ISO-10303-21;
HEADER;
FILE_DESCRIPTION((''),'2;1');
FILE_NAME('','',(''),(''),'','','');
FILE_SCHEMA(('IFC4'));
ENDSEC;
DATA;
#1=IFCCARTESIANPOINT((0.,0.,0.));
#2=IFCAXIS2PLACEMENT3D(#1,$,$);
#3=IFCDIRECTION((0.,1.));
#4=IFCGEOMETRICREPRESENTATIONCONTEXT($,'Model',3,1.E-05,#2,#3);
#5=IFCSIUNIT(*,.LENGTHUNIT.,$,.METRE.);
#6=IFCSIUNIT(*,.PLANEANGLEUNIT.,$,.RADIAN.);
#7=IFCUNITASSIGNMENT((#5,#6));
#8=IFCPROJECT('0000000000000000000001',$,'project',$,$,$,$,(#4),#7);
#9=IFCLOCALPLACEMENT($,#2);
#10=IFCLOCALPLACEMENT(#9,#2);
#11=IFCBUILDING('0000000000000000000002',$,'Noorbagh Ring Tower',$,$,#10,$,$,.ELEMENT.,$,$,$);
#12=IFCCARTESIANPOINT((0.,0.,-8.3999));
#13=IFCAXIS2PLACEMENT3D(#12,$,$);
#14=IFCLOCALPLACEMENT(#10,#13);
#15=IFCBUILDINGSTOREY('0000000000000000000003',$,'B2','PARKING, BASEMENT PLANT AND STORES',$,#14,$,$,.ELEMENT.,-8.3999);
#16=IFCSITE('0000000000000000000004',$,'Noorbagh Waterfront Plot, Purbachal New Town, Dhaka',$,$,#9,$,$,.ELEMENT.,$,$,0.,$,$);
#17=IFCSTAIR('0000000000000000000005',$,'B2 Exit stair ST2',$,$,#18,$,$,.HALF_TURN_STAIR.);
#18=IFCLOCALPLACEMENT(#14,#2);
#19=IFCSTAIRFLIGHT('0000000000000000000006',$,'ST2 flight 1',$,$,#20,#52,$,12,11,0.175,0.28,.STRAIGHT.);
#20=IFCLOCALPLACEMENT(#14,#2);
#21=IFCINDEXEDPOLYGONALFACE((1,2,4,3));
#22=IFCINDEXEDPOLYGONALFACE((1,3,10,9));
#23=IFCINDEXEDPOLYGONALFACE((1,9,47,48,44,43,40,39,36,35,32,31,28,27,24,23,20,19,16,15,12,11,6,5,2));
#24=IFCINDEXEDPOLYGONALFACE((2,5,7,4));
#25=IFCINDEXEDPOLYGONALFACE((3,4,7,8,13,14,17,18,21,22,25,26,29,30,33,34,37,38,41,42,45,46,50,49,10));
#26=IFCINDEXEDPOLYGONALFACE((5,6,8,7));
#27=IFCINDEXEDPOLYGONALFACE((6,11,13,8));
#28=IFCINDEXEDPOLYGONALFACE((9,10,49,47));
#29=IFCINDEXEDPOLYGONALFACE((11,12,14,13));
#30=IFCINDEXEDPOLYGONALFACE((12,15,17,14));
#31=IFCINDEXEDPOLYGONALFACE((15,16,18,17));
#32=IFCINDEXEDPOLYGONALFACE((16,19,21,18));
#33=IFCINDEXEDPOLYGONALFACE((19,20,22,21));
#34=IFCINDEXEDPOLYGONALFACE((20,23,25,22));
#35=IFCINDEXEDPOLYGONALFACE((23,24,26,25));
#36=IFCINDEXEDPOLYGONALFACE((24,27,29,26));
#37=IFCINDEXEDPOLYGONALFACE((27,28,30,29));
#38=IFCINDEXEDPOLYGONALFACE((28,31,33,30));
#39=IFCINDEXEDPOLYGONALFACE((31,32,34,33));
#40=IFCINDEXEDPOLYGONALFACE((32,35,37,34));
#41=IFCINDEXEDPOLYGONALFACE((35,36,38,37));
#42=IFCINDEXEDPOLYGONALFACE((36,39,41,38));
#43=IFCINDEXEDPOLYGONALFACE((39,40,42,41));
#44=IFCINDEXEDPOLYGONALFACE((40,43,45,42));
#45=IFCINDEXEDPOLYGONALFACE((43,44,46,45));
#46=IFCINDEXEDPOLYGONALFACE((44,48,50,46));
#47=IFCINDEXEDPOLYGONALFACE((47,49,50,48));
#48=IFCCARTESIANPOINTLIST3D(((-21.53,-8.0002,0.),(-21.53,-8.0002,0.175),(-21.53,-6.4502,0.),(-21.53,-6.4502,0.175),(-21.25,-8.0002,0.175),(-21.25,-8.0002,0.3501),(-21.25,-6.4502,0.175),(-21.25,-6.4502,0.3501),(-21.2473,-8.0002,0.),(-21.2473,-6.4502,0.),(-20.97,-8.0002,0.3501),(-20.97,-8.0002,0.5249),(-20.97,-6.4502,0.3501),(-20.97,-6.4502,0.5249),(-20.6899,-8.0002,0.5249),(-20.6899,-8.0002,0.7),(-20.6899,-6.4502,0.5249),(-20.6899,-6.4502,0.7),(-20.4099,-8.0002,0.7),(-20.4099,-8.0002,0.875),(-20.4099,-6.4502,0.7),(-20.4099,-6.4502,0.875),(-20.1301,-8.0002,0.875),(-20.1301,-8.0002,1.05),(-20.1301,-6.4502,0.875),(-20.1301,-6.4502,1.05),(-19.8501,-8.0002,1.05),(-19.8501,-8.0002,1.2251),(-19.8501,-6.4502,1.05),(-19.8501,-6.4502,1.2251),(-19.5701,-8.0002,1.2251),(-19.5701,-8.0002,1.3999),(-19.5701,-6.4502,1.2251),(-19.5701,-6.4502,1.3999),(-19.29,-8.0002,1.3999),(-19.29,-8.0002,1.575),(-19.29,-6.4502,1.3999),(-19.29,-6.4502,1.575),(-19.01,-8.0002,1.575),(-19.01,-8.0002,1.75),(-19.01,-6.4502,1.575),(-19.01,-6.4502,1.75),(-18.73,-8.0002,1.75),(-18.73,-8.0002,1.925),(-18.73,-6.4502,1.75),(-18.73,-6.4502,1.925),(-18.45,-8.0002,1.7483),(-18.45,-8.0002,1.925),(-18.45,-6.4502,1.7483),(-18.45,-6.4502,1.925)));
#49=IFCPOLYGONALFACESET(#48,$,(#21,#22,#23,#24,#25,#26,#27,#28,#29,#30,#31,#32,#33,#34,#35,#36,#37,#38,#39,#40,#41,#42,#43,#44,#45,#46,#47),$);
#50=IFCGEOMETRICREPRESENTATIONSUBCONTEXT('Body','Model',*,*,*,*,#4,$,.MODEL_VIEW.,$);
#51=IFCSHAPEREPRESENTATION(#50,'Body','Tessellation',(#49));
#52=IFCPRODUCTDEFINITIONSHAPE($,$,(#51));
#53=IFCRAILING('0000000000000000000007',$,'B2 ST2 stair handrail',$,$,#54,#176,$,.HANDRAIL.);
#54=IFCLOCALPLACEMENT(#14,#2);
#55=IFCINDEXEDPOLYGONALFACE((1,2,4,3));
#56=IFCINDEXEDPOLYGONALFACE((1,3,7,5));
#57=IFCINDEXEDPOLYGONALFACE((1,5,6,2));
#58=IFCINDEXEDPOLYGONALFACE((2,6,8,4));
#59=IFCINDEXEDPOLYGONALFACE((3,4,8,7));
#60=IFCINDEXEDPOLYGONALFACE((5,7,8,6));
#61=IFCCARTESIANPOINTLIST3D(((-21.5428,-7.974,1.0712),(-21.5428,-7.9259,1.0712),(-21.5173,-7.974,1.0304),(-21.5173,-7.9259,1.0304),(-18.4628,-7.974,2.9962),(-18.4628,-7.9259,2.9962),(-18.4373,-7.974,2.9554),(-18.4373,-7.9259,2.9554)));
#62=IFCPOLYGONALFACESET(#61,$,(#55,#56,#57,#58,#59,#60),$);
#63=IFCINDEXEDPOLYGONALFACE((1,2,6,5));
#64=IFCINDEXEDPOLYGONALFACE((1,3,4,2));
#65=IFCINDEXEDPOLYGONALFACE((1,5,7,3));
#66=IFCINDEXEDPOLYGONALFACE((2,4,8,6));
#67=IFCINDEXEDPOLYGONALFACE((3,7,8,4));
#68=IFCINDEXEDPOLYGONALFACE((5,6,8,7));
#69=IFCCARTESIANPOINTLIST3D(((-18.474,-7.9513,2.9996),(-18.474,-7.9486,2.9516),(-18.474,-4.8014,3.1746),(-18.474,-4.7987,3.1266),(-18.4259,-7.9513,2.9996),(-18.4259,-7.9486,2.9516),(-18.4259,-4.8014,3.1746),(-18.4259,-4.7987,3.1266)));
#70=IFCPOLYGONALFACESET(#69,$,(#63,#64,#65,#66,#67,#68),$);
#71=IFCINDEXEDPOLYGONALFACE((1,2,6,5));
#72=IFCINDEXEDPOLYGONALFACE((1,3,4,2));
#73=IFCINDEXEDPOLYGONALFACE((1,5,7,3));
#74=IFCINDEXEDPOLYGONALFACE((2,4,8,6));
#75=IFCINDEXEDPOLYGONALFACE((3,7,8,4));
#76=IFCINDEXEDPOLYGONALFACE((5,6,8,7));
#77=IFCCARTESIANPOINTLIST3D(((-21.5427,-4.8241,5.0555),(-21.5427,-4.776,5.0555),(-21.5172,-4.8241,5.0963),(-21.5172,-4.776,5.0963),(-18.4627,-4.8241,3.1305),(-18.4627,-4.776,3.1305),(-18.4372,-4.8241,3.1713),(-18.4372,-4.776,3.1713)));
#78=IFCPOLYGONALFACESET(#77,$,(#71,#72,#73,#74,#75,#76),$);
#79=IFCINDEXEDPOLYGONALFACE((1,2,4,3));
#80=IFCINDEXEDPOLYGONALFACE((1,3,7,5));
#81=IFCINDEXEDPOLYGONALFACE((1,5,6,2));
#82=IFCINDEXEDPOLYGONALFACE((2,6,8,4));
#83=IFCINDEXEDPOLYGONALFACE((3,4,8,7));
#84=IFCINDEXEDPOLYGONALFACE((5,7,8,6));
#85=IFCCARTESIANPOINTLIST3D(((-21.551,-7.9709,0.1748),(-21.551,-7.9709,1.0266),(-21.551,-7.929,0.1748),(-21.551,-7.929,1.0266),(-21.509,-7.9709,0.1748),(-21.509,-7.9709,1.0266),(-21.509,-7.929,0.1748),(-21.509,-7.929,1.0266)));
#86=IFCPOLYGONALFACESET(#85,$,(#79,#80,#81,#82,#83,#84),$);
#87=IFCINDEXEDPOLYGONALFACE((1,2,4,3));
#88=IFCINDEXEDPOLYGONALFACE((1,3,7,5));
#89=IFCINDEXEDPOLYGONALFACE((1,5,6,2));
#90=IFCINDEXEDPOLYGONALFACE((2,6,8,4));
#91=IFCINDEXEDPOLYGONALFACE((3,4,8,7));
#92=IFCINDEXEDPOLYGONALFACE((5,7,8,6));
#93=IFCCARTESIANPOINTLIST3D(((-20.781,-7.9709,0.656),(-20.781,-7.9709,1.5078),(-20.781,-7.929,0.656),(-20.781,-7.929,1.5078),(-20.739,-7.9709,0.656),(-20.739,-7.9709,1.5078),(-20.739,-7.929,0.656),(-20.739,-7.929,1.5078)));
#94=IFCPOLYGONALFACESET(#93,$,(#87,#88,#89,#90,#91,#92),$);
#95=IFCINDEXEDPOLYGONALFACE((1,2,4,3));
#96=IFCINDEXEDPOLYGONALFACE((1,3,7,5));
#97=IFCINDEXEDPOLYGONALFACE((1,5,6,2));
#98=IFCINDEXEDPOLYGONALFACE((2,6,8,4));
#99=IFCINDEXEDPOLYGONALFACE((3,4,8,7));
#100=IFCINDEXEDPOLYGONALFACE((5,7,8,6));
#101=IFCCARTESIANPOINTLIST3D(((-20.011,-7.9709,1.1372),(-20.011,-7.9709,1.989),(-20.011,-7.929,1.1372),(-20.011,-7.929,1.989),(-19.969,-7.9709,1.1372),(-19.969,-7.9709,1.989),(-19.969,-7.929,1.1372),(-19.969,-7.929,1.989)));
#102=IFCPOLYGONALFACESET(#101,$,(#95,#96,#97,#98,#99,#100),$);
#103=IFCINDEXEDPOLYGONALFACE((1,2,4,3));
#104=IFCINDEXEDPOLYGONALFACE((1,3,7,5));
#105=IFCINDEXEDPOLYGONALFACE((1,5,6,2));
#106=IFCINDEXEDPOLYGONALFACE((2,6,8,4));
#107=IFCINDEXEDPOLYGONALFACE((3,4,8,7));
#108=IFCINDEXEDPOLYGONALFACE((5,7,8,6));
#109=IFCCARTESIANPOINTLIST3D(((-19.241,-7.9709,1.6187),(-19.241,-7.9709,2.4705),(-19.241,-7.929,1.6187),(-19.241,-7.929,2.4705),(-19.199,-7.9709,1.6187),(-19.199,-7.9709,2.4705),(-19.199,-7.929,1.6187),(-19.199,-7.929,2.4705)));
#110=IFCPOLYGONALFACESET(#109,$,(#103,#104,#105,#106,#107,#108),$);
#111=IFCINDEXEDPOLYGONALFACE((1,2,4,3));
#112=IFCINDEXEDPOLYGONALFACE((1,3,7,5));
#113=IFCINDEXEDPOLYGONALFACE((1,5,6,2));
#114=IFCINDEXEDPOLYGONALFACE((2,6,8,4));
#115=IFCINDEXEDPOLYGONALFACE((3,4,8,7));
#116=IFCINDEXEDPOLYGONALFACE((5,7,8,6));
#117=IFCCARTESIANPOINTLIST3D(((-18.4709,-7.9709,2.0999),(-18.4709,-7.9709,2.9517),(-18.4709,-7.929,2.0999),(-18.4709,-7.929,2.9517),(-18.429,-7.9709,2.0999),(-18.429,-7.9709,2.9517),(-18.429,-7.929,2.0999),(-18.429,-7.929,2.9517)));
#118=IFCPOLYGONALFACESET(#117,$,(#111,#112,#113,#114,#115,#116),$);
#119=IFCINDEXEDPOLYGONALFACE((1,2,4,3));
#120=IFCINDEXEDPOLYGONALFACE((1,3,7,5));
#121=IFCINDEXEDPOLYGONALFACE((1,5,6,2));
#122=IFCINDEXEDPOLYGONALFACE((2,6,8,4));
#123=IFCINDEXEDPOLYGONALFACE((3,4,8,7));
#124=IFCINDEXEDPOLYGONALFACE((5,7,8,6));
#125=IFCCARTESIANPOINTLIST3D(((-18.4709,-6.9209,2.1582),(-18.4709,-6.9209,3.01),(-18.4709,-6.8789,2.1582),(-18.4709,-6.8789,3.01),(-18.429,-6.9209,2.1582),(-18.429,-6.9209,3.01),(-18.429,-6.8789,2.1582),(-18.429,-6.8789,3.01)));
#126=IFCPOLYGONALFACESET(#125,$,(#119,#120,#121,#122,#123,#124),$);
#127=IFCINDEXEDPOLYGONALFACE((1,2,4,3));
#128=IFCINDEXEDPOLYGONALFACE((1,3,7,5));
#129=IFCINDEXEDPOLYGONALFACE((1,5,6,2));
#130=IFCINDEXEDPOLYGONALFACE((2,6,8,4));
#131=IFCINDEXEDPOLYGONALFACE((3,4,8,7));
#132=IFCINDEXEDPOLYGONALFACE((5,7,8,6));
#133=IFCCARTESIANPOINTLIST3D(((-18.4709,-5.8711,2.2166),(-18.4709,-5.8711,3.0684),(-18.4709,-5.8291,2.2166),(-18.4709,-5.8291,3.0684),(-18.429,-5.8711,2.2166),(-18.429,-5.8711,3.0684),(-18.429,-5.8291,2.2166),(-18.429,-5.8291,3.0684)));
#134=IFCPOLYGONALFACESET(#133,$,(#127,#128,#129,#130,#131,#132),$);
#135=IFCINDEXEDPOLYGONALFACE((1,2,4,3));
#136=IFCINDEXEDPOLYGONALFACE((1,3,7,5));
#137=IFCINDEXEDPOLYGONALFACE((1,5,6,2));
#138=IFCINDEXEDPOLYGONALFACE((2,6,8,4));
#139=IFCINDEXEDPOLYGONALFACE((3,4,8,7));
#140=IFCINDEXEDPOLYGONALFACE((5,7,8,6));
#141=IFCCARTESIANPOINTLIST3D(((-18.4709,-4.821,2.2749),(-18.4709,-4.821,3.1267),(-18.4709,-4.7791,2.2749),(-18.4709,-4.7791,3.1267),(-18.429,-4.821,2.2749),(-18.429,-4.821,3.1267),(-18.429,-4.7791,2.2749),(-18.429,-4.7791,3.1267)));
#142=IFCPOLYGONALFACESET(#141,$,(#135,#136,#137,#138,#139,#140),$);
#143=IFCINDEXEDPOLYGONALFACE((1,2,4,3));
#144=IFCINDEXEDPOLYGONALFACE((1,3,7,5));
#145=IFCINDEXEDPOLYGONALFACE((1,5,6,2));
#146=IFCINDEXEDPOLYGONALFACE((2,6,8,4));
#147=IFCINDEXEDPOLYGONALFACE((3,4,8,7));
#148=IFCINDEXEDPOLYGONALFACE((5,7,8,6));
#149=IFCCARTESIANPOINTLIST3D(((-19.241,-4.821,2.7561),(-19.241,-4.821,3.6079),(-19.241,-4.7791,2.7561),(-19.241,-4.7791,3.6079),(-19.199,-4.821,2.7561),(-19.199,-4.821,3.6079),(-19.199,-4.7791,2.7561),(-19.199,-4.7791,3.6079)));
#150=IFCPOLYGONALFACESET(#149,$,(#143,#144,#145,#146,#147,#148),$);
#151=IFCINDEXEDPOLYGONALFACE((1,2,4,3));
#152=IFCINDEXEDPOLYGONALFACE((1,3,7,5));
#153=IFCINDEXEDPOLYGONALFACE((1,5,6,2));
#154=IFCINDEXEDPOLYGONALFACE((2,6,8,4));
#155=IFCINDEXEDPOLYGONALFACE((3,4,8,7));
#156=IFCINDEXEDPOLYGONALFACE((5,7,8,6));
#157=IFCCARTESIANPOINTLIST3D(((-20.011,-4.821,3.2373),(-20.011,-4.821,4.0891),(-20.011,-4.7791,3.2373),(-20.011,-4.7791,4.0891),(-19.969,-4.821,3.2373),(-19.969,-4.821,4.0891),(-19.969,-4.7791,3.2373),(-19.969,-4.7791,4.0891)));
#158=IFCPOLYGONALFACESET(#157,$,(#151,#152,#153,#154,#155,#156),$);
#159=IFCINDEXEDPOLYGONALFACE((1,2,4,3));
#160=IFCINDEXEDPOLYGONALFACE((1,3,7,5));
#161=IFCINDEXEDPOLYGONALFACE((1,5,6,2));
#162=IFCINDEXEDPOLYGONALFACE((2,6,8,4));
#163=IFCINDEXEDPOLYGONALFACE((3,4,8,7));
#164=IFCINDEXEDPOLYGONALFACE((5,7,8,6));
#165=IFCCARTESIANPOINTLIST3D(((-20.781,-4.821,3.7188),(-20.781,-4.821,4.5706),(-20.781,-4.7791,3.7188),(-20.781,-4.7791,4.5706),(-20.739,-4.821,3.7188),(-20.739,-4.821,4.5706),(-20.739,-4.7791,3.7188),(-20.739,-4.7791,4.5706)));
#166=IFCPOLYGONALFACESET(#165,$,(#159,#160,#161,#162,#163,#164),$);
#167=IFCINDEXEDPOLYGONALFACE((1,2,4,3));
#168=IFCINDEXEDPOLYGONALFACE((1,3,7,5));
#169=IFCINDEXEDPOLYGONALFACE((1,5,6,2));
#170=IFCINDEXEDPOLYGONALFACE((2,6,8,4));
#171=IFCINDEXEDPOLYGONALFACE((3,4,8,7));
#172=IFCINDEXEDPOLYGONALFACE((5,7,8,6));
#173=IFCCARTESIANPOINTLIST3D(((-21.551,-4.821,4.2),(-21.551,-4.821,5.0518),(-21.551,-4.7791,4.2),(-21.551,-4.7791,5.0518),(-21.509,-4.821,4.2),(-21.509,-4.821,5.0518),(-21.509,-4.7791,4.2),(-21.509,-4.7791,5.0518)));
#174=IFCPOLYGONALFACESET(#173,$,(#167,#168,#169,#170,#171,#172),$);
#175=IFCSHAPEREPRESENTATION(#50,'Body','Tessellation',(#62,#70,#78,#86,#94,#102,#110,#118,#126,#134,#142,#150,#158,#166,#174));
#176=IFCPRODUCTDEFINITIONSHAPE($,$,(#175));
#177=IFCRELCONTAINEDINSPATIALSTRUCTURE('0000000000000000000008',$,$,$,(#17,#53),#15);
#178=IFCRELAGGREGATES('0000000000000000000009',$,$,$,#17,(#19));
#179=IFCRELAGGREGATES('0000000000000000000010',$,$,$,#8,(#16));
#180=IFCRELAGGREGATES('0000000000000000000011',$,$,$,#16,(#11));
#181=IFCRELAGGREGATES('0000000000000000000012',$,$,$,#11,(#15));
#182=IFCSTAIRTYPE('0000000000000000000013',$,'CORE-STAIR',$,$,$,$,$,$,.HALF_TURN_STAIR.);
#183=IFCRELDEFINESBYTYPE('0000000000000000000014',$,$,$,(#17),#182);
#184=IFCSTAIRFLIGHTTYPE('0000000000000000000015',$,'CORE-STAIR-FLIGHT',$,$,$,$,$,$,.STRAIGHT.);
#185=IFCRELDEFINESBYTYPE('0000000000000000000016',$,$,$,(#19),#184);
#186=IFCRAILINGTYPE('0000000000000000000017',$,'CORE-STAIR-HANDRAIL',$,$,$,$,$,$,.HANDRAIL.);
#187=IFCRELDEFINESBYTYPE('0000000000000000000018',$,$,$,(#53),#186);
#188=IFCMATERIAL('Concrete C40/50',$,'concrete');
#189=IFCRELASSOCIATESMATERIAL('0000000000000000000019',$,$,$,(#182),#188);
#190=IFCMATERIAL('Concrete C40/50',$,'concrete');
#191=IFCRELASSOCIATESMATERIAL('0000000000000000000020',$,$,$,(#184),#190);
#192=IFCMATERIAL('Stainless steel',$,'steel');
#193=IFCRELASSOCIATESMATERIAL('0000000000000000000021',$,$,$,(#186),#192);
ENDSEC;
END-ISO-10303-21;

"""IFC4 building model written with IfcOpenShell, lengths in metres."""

from ifc_helpers import new_model, si_unit, direction, frame, origin, origin_2d, place, context, subcontext, project, spatial, polyline, rectangle, outline, extrude, material, type_object, element, aggregate, save


model = new_model("IFC4")

# Units and contexts
model_context = context("Model", 3, precision=1e-05, world=origin(), true_north=direction((0.0, 1.0)))
body_context = subcontext(model_context, "Body", "Model", "MODEL_VIEW")
ifc_project = project(units=[si_unit("LENGTHUNIT", "METRE"), si_unit("PLANEANGLEUNIT", "RADIAN")], contexts=[model_context])

# Site, building, storey
site_placement = place(None, origin())
site = spatial("IfcSite", under=ifc_project, at=site_placement, Name="Noorbagh Waterfront Plot, Purbachal New Town, Dhaka", CompositionType="ELEMENT", RefElevation=0.0)
building_placement = place(site_placement, origin())
building = spatial("IfcBuilding", under=site, at=building_placement, Name="Noorbagh Ring Tower", CompositionType="ELEMENT")
storey_placement = place(building_placement, frame((0.0, 0.0, -8.3999)))
storey = spatial("IfcBuildingStorey", under=building, at=storey_placement, Name="B2", Description="PARKING, BASEMENT PLANT AND STORES", CompositionType="ELEMENT", Elevation=-8.3999)

# Stair, stair flight
ifc_material_1 = material(Name="Concrete C40/50", Category="concrete")
stair_type = type_object("IfcStairType", Name="CORE-STAIR", PredefinedType="HALF_TURN_STAIR", material=ifc_material_1)
stair_placement = place(storey_placement, origin())
stair = element("IfcStair", 1, at=stair_placement, inside=storey, type_object=stair_type, Name="B2 Exit stair ST2", PredefinedType="HALF_TURN_STAIR")
ifc_material_2 = material(Name="Concrete C40/50", Category="concrete")
stair_flight_type = type_object("IfcStairFlightType", Name="CORE-STAIR-FLIGHT", PredefinedType="STRAIGHT", material=ifc_material_2)
stair_flight_placement = place(storey_placement, frame((-21.53, -7.2251, 0.0), z_axis=(0.0, 0.0, 1.0), x_axis=(1.0, 0.0, 0.0)))
stair_flight = element("IfcStairFlight", 2, at=stair_flight_placement, type_object=stair_flight_type, Name="ST2 flight 1", NumberOfRisers=12, NumberOfTreads=11, PredefinedType="STRAIGHT", RiserHeight=0.175, TreadLength=0.28, context=body_context, shape_type="SweptSolid", body=[
    extrude(outline(polyline([(0.0, 0.0), (0.0, 0.175), (0.28, 0.175), (0.28, 0.3501), (0.5601, 0.3501), (0.5601, 0.5249), (0.8401, 0.5249), (0.8401, 0.7), (1.1201, 0.7), (1.1201, 0.875), (1.3999, 0.875), (1.3999, 1.05), (1.6799, 1.05), (1.6799, 1.2251), (1.96, 1.2251), (1.96, 1.3999), (2.24, 1.3999), (2.24, 1.575), (2.52, 1.575), (2.52, 1.75), (2.8, 1.75), (2.8, 1.925), (3.0801, 1.925), (3.0801, 2.1001), (3.0801, 1.7483), (0.2827, 0.0), (0.0, 0.0)])), frame((0.0, 0.7749, 0.0), z_axis=(0.0, -1.0, 0.0), x_axis=(1.0, 0.0, 0.0)), (0.0, 0.0, 1.0), 1.55),
])
aggregate(stair, [stair_flight])

# Railing
ifc_material_3 = material(Name="Stainless steel", Category="steel")
railing_type = type_object("IfcRailingType", Name="CORE-STAIR-HANDRAIL", PredefinedType="HANDRAIL", material=ifc_material_3)
railing_placement = place(storey_placement, frame((-21.53, -7.95, 0.1748)))
element("IfcRailing", 3, at=railing_placement, inside=storey, type_object=railing_type, Name="B2 ST2 stair handrail", PredefinedType="HANDRAIL", context=body_context, shape_type="SweptSolid", body=[
    extrude(rectangle(XDim=0.0481, YDim=0.0481, at=origin_2d()), frame((0.0, 0.0, 0.876), z_axis=(0.847998, 0.0, 0.529999), x_axis=(0.0, 1.0, 0.0)), (0.0, 0.0, 1.0), 3.6321),
    extrude(rectangle(XDim=0.0481, YDim=0.0481, at=origin_2d()), frame((3.0801, 0.0, 2.8008), z_axis=(0.0, 0.998459, 0.055487), x_axis=(-1.0, 0.0, 0.0)), (0.0, 0.0, 1.0), 3.1548),
    extrude(rectangle(XDim=0.0481, YDim=0.0481, at=origin_2d()), frame((3.0801, 3.1499, 2.9761), z_axis=(-0.847998, 0.0, 0.529999), x_axis=(0.0, -1.0, 0.0)), (0.0, 0.0, 1.0), 3.6321),
    extrude(rectangle(XDim=0.042, YDim=0.042, at=origin_2d()), origin(), (0.0, 0.0, 1.0), 0.8518),
    extrude(rectangle(XDim=0.042, YDim=0.042, at=origin_2d()), frame((0.77, 0.0, 0.4812)), (0.0, 0.0, 1.0), 0.8518),
    extrude(rectangle(XDim=0.042, YDim=0.042, at=origin_2d()), frame((1.54, 0.0, 0.9624)), (0.0, 0.0, 1.0), 0.8518),
    extrude(rectangle(XDim=0.042, YDim=0.042, at=origin_2d()), frame((2.3101, 0.0, 1.4438)), (0.0, 0.0, 1.0), 0.8518),
    extrude(rectangle(XDim=0.042, YDim=0.042, at=origin_2d()), frame((3.0801, 0.0, 1.925)), (0.0, 0.0, 1.0), 0.8518),
    extrude(rectangle(XDim=0.042, YDim=0.042, at=origin_2d()), frame((3.0801, 1.05, 1.9834)), (0.0, 0.0, 1.0), 0.8518),
    extrude(rectangle(XDim=0.042, YDim=0.042, at=origin_2d()), frame((3.0801, 2.0999, 2.0417)), (0.0, 0.0, 1.0), 0.8518),
    extrude(rectangle(XDim=0.042, YDim=0.042, at=origin_2d()), frame((3.0801, 3.1499, 2.1001)), (0.0, 0.0, 1.0), 0.8518),
    extrude(rectangle(XDim=0.042, YDim=0.042, at=origin_2d()), frame((2.3101, 3.1499, 2.5813)), (0.0, 0.0, 1.0), 0.8518),
    extrude(rectangle(XDim=0.042, YDim=0.042, at=origin_2d()), frame((1.54, 3.1499, 3.0625)), (0.0, 0.0, 1.0), 0.8518),
    extrude(rectangle(XDim=0.042, YDim=0.042, at=origin_2d()), frame((0.77, 3.1499, 3.5439)), (0.0, 0.0, 1.0), 0.8518),
    extrude(rectangle(XDim=0.042, YDim=0.042, at=origin_2d()), frame((0.0, 3.1499, 4.0251)), (0.0, 0.0, 1.0), 0.8518),
])

save(model, "model.ifc")
